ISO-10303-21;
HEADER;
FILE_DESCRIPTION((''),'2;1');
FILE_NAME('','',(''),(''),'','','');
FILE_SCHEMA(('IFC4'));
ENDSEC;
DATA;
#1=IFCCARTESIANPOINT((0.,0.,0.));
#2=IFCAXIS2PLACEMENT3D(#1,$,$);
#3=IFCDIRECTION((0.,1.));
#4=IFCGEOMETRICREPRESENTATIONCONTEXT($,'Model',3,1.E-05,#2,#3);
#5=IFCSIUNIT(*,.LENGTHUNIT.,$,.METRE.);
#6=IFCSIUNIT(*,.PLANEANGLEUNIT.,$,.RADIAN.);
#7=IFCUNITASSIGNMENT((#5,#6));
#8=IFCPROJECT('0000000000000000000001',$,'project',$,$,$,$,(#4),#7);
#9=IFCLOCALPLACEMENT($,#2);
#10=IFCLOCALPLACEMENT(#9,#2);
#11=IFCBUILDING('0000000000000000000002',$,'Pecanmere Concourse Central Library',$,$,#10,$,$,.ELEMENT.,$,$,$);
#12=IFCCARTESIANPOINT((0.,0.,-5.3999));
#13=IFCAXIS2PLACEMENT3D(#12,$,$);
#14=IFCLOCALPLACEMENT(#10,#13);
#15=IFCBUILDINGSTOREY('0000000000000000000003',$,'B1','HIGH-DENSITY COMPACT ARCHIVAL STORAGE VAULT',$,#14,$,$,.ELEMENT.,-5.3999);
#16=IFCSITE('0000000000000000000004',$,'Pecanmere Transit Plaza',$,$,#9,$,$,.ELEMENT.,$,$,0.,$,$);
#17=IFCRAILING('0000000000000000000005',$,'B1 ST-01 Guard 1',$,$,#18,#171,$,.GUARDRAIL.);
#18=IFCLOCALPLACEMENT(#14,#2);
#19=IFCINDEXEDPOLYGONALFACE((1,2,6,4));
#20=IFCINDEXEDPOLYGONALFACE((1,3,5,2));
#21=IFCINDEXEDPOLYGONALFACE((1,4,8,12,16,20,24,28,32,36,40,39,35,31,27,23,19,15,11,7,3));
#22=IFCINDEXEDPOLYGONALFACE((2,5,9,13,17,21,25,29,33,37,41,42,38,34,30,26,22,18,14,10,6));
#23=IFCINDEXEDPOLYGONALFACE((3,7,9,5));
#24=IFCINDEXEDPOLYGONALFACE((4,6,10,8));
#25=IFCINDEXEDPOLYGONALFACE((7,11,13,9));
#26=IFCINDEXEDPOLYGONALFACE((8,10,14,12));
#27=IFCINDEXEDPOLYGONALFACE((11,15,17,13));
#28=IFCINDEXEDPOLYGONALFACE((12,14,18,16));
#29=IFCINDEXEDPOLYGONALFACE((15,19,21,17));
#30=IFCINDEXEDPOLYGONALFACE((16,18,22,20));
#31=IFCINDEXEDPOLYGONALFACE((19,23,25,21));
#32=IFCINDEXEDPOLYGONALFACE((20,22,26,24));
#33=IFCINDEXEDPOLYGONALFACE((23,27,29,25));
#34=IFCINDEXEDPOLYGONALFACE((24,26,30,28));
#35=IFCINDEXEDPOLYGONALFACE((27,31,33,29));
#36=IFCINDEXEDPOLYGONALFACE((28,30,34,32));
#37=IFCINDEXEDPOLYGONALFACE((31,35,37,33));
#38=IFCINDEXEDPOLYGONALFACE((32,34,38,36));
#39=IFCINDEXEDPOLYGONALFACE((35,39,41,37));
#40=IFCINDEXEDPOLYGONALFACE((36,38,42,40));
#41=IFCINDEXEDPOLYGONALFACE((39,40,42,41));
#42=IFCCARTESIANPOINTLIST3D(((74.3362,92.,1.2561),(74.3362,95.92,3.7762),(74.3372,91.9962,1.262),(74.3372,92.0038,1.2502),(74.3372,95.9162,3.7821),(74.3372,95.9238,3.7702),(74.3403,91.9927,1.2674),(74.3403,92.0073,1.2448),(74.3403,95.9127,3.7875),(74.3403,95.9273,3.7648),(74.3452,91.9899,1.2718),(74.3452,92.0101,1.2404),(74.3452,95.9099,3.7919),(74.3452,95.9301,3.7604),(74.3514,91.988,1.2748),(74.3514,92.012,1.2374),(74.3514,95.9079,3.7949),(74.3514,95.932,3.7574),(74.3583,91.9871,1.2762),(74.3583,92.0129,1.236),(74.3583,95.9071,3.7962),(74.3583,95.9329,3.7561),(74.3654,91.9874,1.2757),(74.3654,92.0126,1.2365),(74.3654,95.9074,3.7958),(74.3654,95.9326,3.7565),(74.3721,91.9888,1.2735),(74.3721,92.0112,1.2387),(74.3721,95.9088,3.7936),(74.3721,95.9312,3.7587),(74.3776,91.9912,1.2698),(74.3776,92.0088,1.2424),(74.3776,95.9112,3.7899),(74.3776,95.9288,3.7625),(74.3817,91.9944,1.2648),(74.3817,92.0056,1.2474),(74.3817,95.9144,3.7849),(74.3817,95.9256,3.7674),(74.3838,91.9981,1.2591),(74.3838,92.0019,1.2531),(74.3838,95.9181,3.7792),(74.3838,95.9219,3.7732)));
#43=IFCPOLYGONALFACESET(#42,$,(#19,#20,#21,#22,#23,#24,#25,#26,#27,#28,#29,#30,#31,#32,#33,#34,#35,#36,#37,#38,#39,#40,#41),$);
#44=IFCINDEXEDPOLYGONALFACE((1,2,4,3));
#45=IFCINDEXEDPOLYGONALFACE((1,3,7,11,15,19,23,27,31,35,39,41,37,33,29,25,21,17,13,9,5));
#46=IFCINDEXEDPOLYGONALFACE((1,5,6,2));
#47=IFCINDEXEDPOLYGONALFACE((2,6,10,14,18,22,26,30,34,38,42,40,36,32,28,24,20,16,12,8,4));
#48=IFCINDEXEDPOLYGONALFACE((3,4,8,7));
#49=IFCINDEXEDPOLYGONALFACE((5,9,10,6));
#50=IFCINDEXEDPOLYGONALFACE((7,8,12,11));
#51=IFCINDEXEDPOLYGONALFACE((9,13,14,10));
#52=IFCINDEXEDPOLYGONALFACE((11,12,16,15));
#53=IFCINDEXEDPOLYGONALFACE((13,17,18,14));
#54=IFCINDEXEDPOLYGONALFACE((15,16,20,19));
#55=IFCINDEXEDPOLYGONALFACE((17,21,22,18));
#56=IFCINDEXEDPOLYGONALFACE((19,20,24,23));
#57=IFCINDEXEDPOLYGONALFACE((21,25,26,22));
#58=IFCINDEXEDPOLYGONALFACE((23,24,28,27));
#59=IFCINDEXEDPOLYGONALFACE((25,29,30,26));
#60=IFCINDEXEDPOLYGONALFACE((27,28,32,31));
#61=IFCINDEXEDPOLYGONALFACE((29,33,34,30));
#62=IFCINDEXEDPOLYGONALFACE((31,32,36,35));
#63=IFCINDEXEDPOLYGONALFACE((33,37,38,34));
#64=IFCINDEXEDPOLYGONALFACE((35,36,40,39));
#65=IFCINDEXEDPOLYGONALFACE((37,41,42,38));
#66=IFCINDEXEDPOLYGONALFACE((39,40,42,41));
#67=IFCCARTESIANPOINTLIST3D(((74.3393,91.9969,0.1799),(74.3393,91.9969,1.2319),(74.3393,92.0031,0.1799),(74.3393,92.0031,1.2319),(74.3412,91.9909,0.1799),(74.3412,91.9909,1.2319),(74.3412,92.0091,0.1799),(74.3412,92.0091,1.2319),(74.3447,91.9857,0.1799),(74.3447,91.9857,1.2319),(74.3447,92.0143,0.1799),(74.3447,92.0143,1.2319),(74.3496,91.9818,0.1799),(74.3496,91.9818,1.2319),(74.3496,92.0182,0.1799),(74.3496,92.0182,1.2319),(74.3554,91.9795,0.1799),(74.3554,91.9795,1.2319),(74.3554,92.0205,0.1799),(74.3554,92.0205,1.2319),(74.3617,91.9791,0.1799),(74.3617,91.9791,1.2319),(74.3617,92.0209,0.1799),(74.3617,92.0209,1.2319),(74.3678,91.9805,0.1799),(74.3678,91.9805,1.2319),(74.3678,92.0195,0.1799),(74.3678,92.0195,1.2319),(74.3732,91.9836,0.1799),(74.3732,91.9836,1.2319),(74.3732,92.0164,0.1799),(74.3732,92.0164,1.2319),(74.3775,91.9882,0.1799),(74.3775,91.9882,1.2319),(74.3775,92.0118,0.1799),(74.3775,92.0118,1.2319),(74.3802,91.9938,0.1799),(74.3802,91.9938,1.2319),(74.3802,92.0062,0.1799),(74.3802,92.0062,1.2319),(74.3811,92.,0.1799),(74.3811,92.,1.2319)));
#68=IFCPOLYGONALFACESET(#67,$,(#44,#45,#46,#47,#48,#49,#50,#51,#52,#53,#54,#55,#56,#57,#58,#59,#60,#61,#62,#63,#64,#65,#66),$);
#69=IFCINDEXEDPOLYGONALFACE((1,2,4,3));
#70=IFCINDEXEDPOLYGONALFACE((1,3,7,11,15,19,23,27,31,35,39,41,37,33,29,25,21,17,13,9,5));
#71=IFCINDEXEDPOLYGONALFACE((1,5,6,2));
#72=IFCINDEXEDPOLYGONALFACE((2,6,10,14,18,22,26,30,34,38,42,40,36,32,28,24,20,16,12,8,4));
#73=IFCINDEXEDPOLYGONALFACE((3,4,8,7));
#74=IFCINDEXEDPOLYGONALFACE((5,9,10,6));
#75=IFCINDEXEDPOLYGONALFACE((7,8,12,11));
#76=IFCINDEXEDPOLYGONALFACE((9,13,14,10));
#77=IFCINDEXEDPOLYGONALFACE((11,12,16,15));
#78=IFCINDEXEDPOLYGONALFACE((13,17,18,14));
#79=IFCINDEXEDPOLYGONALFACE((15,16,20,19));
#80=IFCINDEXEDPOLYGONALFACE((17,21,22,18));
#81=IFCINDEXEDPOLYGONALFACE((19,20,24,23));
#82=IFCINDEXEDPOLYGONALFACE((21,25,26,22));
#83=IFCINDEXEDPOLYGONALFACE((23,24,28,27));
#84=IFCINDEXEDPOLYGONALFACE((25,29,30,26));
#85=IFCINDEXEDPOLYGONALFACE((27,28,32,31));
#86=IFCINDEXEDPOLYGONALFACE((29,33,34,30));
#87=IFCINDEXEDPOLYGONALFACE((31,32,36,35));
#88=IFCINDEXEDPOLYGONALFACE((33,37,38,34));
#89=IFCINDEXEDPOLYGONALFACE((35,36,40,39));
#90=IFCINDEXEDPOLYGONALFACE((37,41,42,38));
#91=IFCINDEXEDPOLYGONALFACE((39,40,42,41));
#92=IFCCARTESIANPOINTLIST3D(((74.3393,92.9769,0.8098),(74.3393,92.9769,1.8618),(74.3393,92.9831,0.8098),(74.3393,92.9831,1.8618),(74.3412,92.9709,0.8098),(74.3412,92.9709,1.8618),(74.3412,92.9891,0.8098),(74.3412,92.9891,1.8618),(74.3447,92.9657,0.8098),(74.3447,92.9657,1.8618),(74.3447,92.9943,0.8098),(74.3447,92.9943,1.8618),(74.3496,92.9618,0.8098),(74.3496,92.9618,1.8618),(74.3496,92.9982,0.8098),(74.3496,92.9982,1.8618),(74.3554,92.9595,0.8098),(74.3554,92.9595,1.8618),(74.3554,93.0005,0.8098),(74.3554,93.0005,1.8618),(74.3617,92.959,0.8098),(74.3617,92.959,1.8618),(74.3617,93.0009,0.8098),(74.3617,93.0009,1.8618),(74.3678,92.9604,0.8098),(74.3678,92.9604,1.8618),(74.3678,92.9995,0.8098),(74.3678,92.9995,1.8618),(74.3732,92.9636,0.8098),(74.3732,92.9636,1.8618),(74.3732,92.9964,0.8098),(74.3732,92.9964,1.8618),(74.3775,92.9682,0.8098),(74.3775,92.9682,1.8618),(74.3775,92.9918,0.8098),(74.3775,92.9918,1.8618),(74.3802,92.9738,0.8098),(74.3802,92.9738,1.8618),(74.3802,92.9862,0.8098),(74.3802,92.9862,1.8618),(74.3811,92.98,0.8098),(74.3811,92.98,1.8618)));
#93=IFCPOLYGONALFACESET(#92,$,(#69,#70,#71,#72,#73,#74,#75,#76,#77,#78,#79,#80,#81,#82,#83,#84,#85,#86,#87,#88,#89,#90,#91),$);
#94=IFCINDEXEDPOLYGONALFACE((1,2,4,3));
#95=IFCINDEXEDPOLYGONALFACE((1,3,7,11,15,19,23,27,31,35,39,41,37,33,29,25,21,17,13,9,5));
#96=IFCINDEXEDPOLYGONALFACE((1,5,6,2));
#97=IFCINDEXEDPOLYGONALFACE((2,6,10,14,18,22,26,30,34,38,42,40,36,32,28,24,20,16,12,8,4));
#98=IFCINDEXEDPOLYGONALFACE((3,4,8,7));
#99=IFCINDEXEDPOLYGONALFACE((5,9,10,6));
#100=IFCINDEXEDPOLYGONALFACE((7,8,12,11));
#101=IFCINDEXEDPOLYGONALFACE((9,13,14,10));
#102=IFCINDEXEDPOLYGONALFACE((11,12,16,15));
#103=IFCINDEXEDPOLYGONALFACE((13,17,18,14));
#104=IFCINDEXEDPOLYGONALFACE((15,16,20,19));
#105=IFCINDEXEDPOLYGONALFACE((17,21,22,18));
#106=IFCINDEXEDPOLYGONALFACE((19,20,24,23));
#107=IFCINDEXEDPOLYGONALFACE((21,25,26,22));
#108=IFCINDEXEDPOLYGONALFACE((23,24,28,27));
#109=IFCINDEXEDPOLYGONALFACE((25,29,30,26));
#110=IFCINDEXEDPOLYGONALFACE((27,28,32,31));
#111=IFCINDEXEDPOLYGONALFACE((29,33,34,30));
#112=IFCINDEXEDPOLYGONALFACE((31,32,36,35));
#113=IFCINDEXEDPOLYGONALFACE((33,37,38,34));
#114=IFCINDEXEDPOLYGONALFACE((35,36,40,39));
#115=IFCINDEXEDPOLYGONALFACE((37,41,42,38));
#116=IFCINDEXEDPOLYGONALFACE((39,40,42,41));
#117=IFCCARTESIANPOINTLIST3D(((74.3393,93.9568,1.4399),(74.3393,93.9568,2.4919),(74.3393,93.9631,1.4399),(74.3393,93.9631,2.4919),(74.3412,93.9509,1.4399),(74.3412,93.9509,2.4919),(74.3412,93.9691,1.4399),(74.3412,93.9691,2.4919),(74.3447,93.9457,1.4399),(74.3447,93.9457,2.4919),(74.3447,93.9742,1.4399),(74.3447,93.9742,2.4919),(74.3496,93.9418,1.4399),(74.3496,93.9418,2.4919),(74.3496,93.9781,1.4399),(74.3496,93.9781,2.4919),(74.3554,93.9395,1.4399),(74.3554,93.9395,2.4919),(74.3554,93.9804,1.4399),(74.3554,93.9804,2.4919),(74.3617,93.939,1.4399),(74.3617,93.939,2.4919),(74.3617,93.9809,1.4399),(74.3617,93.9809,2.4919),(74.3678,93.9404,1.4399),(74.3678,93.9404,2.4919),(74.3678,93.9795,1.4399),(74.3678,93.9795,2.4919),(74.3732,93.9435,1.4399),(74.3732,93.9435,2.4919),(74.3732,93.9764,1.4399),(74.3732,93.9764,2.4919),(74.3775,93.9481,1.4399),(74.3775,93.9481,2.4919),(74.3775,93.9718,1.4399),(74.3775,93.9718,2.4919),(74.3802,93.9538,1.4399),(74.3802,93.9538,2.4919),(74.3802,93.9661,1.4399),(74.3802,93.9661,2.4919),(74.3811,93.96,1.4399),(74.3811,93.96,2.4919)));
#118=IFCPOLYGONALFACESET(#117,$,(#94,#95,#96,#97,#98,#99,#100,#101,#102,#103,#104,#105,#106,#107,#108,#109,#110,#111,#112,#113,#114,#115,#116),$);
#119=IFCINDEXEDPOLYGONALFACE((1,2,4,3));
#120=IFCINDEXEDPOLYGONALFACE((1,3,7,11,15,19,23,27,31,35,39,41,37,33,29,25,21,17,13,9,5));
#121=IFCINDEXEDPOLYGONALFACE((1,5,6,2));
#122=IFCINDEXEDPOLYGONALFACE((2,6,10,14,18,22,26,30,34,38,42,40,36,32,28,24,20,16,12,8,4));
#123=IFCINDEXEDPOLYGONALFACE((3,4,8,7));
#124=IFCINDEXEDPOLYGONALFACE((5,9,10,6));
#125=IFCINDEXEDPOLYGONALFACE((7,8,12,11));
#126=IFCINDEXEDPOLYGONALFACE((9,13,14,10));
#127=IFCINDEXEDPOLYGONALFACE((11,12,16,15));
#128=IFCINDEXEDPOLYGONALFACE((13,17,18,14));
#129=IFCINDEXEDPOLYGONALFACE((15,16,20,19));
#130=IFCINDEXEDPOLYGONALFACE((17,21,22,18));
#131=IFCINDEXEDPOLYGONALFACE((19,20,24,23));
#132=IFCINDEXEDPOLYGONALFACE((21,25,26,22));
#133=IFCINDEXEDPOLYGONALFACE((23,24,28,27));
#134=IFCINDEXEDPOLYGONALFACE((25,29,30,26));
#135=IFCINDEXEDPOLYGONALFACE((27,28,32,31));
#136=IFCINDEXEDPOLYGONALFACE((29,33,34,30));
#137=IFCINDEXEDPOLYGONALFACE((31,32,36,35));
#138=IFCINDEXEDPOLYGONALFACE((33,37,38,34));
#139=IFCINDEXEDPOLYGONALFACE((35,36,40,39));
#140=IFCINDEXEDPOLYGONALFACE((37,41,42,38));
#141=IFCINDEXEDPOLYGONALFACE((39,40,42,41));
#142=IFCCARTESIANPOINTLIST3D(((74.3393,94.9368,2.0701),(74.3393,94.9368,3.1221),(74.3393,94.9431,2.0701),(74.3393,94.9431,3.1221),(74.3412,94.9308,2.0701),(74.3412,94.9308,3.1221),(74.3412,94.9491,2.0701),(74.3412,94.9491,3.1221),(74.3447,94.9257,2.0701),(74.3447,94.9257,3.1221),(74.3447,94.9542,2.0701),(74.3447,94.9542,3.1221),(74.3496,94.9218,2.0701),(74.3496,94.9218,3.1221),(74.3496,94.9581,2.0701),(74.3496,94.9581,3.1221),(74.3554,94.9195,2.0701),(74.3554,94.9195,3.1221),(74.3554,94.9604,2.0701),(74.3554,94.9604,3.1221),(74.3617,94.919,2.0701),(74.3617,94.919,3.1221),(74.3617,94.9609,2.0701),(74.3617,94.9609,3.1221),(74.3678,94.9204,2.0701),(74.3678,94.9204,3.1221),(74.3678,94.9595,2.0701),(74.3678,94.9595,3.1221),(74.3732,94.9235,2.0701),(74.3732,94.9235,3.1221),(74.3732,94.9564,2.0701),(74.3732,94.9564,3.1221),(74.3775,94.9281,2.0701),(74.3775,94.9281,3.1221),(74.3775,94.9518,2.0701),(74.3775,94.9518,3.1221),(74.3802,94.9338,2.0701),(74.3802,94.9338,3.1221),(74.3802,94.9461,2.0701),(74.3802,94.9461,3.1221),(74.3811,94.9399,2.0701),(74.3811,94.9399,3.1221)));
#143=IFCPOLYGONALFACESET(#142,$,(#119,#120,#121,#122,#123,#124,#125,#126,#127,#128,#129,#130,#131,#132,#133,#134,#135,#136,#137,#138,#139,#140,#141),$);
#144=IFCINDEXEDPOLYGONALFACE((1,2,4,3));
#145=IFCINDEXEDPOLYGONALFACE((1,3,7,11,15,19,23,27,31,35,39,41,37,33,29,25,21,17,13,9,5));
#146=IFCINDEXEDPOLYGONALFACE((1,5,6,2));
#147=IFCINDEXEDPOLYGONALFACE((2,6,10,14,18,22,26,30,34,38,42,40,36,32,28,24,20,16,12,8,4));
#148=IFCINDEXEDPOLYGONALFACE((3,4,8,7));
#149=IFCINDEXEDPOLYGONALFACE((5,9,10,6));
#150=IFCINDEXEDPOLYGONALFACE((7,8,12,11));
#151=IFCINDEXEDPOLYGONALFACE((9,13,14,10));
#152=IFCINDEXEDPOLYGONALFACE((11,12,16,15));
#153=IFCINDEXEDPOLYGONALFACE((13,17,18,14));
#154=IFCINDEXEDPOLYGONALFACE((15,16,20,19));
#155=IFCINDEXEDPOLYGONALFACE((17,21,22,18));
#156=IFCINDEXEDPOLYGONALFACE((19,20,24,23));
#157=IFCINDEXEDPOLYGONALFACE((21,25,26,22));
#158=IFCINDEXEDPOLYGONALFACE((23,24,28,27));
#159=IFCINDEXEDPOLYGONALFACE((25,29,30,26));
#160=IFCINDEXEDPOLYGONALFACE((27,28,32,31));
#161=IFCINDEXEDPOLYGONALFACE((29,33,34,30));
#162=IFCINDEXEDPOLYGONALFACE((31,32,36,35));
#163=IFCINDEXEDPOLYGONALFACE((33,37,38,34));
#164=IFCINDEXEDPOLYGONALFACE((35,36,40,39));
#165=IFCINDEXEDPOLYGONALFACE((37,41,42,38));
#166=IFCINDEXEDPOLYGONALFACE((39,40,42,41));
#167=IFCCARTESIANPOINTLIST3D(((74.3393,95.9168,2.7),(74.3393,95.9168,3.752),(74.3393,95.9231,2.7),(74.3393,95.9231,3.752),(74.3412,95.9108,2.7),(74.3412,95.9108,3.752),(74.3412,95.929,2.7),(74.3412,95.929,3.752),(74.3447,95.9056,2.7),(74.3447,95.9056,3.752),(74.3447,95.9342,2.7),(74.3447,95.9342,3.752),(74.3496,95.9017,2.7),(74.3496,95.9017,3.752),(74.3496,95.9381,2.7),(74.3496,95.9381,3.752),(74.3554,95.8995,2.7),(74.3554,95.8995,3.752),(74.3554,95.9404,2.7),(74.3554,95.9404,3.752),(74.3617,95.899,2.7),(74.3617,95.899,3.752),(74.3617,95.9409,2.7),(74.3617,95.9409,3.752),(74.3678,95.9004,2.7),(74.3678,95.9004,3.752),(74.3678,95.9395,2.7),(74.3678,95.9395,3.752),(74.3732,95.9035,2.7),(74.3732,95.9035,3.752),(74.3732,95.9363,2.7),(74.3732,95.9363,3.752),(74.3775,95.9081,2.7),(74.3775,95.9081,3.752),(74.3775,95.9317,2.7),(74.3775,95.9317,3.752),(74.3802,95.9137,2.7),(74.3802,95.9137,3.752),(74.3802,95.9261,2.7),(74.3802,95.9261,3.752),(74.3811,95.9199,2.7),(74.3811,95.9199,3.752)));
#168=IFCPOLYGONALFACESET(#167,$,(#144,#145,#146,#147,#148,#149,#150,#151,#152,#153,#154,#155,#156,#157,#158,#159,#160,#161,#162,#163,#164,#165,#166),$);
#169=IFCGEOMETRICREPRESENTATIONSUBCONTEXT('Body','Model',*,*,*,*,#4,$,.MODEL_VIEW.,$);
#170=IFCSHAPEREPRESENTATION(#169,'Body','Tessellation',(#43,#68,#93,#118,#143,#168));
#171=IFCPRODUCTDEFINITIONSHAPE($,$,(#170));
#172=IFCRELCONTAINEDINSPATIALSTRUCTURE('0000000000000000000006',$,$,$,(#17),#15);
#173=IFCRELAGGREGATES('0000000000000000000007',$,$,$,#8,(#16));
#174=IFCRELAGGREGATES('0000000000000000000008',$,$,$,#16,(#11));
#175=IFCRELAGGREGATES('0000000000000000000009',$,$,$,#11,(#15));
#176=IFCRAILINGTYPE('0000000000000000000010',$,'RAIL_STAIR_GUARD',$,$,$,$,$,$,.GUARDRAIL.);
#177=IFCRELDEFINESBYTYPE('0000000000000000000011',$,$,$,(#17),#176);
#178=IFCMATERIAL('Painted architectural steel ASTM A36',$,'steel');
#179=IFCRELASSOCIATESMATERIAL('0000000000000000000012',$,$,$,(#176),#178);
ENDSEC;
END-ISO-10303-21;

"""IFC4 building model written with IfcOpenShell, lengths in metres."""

from ifc_helpers import new_model, si_unit, direction, frame, origin, origin_2d, place, context, subcontext, project, spatial, circle, extrude, material, type_object, element, save


model = new_model("IFC4")

# Units and contexts
model_context = context("Model", 3, precision=1e-05, world=origin(), true_north=direction((0.0, 1.0)))
body_context = subcontext(model_context, "Body", "Model", "MODEL_VIEW")
ifc_project = project(units=[si_unit("LENGTHUNIT", "METRE"), si_unit("PLANEANGLEUNIT", "RADIAN")], contexts=[model_context])

# Site, building, storey
site_placement = place(None, origin())
site = spatial("IfcSite", under=ifc_project, at=site_placement, Name="Pecanmere Transit Plaza", CompositionType="ELEMENT", RefElevation=0.0)
building_placement = place(site_placement, origin())
building = spatial("IfcBuilding", under=site, at=building_placement, Name="Pecanmere Concourse Central Library", CompositionType="ELEMENT")
storey_placement = place(building_placement, frame((0.0, 0.0, -5.3999)))
storey = spatial("IfcBuildingStorey", under=building, at=storey_placement, Name="B1", Description="HIGH-DENSITY COMPACT ARCHIVAL STORAGE VAULT", CompositionType="ELEMENT", Elevation=-5.3999)

# Railing
ifc_material_1 = material(Name="Painted architectural steel ASTM A36", Category="steel")
railing_type_1 = type_object("IfcRailingType", Name="RAIL_STAIR_GUARD", PredefinedType="GUARDRAIL", material=ifc_material_1)
railing_1_placement = place(storey_placement, frame((74.3601, 92.0, 0.1799)))
element("IfcRailing", 1, at=railing_1_placement, inside=storey, type_object=railing_type_1, Name="B1 ST-01 Guard 1", PredefinedType="GUARDRAIL", context=body_context, shape_type="SweptSolid", body=[
    extrude(circle(Radius=0.0239, at=origin_2d()), frame((0.0, 0.0, 1.0762), z_axis=(0.0, 0.841172, 0.540768), x_axis=(-1.0, 0.0, 0.0)), (0.0, 0.0, 1.0), 4.6602),
    extrude(circle(Radius=0.021, at=origin_2d()), origin(), (0.0, 0.0, 1.0), 1.052),
    extrude(circle(Radius=0.021, at=origin_2d()), frame((0.0, 0.98, 0.6299)), (0.0, 0.0, 1.0), 1.052),
    extrude(circle(Radius=0.021, at=origin_2d()), frame((0.0, 1.96, 1.26)), (0.0, 0.0, 1.0), 1.052),
    extrude(circle(Radius=0.021, at=origin_2d()), frame((0.0, 2.9399, 1.8901)), (0.0, 0.0, 1.0), 1.052),
    extrude(circle(Radius=0.021, at=origin_2d()), frame((0.0, 3.9199, 2.52)), (0.0, 0.0, 1.0), 1.052),
])

save(model, "model.ifc")
